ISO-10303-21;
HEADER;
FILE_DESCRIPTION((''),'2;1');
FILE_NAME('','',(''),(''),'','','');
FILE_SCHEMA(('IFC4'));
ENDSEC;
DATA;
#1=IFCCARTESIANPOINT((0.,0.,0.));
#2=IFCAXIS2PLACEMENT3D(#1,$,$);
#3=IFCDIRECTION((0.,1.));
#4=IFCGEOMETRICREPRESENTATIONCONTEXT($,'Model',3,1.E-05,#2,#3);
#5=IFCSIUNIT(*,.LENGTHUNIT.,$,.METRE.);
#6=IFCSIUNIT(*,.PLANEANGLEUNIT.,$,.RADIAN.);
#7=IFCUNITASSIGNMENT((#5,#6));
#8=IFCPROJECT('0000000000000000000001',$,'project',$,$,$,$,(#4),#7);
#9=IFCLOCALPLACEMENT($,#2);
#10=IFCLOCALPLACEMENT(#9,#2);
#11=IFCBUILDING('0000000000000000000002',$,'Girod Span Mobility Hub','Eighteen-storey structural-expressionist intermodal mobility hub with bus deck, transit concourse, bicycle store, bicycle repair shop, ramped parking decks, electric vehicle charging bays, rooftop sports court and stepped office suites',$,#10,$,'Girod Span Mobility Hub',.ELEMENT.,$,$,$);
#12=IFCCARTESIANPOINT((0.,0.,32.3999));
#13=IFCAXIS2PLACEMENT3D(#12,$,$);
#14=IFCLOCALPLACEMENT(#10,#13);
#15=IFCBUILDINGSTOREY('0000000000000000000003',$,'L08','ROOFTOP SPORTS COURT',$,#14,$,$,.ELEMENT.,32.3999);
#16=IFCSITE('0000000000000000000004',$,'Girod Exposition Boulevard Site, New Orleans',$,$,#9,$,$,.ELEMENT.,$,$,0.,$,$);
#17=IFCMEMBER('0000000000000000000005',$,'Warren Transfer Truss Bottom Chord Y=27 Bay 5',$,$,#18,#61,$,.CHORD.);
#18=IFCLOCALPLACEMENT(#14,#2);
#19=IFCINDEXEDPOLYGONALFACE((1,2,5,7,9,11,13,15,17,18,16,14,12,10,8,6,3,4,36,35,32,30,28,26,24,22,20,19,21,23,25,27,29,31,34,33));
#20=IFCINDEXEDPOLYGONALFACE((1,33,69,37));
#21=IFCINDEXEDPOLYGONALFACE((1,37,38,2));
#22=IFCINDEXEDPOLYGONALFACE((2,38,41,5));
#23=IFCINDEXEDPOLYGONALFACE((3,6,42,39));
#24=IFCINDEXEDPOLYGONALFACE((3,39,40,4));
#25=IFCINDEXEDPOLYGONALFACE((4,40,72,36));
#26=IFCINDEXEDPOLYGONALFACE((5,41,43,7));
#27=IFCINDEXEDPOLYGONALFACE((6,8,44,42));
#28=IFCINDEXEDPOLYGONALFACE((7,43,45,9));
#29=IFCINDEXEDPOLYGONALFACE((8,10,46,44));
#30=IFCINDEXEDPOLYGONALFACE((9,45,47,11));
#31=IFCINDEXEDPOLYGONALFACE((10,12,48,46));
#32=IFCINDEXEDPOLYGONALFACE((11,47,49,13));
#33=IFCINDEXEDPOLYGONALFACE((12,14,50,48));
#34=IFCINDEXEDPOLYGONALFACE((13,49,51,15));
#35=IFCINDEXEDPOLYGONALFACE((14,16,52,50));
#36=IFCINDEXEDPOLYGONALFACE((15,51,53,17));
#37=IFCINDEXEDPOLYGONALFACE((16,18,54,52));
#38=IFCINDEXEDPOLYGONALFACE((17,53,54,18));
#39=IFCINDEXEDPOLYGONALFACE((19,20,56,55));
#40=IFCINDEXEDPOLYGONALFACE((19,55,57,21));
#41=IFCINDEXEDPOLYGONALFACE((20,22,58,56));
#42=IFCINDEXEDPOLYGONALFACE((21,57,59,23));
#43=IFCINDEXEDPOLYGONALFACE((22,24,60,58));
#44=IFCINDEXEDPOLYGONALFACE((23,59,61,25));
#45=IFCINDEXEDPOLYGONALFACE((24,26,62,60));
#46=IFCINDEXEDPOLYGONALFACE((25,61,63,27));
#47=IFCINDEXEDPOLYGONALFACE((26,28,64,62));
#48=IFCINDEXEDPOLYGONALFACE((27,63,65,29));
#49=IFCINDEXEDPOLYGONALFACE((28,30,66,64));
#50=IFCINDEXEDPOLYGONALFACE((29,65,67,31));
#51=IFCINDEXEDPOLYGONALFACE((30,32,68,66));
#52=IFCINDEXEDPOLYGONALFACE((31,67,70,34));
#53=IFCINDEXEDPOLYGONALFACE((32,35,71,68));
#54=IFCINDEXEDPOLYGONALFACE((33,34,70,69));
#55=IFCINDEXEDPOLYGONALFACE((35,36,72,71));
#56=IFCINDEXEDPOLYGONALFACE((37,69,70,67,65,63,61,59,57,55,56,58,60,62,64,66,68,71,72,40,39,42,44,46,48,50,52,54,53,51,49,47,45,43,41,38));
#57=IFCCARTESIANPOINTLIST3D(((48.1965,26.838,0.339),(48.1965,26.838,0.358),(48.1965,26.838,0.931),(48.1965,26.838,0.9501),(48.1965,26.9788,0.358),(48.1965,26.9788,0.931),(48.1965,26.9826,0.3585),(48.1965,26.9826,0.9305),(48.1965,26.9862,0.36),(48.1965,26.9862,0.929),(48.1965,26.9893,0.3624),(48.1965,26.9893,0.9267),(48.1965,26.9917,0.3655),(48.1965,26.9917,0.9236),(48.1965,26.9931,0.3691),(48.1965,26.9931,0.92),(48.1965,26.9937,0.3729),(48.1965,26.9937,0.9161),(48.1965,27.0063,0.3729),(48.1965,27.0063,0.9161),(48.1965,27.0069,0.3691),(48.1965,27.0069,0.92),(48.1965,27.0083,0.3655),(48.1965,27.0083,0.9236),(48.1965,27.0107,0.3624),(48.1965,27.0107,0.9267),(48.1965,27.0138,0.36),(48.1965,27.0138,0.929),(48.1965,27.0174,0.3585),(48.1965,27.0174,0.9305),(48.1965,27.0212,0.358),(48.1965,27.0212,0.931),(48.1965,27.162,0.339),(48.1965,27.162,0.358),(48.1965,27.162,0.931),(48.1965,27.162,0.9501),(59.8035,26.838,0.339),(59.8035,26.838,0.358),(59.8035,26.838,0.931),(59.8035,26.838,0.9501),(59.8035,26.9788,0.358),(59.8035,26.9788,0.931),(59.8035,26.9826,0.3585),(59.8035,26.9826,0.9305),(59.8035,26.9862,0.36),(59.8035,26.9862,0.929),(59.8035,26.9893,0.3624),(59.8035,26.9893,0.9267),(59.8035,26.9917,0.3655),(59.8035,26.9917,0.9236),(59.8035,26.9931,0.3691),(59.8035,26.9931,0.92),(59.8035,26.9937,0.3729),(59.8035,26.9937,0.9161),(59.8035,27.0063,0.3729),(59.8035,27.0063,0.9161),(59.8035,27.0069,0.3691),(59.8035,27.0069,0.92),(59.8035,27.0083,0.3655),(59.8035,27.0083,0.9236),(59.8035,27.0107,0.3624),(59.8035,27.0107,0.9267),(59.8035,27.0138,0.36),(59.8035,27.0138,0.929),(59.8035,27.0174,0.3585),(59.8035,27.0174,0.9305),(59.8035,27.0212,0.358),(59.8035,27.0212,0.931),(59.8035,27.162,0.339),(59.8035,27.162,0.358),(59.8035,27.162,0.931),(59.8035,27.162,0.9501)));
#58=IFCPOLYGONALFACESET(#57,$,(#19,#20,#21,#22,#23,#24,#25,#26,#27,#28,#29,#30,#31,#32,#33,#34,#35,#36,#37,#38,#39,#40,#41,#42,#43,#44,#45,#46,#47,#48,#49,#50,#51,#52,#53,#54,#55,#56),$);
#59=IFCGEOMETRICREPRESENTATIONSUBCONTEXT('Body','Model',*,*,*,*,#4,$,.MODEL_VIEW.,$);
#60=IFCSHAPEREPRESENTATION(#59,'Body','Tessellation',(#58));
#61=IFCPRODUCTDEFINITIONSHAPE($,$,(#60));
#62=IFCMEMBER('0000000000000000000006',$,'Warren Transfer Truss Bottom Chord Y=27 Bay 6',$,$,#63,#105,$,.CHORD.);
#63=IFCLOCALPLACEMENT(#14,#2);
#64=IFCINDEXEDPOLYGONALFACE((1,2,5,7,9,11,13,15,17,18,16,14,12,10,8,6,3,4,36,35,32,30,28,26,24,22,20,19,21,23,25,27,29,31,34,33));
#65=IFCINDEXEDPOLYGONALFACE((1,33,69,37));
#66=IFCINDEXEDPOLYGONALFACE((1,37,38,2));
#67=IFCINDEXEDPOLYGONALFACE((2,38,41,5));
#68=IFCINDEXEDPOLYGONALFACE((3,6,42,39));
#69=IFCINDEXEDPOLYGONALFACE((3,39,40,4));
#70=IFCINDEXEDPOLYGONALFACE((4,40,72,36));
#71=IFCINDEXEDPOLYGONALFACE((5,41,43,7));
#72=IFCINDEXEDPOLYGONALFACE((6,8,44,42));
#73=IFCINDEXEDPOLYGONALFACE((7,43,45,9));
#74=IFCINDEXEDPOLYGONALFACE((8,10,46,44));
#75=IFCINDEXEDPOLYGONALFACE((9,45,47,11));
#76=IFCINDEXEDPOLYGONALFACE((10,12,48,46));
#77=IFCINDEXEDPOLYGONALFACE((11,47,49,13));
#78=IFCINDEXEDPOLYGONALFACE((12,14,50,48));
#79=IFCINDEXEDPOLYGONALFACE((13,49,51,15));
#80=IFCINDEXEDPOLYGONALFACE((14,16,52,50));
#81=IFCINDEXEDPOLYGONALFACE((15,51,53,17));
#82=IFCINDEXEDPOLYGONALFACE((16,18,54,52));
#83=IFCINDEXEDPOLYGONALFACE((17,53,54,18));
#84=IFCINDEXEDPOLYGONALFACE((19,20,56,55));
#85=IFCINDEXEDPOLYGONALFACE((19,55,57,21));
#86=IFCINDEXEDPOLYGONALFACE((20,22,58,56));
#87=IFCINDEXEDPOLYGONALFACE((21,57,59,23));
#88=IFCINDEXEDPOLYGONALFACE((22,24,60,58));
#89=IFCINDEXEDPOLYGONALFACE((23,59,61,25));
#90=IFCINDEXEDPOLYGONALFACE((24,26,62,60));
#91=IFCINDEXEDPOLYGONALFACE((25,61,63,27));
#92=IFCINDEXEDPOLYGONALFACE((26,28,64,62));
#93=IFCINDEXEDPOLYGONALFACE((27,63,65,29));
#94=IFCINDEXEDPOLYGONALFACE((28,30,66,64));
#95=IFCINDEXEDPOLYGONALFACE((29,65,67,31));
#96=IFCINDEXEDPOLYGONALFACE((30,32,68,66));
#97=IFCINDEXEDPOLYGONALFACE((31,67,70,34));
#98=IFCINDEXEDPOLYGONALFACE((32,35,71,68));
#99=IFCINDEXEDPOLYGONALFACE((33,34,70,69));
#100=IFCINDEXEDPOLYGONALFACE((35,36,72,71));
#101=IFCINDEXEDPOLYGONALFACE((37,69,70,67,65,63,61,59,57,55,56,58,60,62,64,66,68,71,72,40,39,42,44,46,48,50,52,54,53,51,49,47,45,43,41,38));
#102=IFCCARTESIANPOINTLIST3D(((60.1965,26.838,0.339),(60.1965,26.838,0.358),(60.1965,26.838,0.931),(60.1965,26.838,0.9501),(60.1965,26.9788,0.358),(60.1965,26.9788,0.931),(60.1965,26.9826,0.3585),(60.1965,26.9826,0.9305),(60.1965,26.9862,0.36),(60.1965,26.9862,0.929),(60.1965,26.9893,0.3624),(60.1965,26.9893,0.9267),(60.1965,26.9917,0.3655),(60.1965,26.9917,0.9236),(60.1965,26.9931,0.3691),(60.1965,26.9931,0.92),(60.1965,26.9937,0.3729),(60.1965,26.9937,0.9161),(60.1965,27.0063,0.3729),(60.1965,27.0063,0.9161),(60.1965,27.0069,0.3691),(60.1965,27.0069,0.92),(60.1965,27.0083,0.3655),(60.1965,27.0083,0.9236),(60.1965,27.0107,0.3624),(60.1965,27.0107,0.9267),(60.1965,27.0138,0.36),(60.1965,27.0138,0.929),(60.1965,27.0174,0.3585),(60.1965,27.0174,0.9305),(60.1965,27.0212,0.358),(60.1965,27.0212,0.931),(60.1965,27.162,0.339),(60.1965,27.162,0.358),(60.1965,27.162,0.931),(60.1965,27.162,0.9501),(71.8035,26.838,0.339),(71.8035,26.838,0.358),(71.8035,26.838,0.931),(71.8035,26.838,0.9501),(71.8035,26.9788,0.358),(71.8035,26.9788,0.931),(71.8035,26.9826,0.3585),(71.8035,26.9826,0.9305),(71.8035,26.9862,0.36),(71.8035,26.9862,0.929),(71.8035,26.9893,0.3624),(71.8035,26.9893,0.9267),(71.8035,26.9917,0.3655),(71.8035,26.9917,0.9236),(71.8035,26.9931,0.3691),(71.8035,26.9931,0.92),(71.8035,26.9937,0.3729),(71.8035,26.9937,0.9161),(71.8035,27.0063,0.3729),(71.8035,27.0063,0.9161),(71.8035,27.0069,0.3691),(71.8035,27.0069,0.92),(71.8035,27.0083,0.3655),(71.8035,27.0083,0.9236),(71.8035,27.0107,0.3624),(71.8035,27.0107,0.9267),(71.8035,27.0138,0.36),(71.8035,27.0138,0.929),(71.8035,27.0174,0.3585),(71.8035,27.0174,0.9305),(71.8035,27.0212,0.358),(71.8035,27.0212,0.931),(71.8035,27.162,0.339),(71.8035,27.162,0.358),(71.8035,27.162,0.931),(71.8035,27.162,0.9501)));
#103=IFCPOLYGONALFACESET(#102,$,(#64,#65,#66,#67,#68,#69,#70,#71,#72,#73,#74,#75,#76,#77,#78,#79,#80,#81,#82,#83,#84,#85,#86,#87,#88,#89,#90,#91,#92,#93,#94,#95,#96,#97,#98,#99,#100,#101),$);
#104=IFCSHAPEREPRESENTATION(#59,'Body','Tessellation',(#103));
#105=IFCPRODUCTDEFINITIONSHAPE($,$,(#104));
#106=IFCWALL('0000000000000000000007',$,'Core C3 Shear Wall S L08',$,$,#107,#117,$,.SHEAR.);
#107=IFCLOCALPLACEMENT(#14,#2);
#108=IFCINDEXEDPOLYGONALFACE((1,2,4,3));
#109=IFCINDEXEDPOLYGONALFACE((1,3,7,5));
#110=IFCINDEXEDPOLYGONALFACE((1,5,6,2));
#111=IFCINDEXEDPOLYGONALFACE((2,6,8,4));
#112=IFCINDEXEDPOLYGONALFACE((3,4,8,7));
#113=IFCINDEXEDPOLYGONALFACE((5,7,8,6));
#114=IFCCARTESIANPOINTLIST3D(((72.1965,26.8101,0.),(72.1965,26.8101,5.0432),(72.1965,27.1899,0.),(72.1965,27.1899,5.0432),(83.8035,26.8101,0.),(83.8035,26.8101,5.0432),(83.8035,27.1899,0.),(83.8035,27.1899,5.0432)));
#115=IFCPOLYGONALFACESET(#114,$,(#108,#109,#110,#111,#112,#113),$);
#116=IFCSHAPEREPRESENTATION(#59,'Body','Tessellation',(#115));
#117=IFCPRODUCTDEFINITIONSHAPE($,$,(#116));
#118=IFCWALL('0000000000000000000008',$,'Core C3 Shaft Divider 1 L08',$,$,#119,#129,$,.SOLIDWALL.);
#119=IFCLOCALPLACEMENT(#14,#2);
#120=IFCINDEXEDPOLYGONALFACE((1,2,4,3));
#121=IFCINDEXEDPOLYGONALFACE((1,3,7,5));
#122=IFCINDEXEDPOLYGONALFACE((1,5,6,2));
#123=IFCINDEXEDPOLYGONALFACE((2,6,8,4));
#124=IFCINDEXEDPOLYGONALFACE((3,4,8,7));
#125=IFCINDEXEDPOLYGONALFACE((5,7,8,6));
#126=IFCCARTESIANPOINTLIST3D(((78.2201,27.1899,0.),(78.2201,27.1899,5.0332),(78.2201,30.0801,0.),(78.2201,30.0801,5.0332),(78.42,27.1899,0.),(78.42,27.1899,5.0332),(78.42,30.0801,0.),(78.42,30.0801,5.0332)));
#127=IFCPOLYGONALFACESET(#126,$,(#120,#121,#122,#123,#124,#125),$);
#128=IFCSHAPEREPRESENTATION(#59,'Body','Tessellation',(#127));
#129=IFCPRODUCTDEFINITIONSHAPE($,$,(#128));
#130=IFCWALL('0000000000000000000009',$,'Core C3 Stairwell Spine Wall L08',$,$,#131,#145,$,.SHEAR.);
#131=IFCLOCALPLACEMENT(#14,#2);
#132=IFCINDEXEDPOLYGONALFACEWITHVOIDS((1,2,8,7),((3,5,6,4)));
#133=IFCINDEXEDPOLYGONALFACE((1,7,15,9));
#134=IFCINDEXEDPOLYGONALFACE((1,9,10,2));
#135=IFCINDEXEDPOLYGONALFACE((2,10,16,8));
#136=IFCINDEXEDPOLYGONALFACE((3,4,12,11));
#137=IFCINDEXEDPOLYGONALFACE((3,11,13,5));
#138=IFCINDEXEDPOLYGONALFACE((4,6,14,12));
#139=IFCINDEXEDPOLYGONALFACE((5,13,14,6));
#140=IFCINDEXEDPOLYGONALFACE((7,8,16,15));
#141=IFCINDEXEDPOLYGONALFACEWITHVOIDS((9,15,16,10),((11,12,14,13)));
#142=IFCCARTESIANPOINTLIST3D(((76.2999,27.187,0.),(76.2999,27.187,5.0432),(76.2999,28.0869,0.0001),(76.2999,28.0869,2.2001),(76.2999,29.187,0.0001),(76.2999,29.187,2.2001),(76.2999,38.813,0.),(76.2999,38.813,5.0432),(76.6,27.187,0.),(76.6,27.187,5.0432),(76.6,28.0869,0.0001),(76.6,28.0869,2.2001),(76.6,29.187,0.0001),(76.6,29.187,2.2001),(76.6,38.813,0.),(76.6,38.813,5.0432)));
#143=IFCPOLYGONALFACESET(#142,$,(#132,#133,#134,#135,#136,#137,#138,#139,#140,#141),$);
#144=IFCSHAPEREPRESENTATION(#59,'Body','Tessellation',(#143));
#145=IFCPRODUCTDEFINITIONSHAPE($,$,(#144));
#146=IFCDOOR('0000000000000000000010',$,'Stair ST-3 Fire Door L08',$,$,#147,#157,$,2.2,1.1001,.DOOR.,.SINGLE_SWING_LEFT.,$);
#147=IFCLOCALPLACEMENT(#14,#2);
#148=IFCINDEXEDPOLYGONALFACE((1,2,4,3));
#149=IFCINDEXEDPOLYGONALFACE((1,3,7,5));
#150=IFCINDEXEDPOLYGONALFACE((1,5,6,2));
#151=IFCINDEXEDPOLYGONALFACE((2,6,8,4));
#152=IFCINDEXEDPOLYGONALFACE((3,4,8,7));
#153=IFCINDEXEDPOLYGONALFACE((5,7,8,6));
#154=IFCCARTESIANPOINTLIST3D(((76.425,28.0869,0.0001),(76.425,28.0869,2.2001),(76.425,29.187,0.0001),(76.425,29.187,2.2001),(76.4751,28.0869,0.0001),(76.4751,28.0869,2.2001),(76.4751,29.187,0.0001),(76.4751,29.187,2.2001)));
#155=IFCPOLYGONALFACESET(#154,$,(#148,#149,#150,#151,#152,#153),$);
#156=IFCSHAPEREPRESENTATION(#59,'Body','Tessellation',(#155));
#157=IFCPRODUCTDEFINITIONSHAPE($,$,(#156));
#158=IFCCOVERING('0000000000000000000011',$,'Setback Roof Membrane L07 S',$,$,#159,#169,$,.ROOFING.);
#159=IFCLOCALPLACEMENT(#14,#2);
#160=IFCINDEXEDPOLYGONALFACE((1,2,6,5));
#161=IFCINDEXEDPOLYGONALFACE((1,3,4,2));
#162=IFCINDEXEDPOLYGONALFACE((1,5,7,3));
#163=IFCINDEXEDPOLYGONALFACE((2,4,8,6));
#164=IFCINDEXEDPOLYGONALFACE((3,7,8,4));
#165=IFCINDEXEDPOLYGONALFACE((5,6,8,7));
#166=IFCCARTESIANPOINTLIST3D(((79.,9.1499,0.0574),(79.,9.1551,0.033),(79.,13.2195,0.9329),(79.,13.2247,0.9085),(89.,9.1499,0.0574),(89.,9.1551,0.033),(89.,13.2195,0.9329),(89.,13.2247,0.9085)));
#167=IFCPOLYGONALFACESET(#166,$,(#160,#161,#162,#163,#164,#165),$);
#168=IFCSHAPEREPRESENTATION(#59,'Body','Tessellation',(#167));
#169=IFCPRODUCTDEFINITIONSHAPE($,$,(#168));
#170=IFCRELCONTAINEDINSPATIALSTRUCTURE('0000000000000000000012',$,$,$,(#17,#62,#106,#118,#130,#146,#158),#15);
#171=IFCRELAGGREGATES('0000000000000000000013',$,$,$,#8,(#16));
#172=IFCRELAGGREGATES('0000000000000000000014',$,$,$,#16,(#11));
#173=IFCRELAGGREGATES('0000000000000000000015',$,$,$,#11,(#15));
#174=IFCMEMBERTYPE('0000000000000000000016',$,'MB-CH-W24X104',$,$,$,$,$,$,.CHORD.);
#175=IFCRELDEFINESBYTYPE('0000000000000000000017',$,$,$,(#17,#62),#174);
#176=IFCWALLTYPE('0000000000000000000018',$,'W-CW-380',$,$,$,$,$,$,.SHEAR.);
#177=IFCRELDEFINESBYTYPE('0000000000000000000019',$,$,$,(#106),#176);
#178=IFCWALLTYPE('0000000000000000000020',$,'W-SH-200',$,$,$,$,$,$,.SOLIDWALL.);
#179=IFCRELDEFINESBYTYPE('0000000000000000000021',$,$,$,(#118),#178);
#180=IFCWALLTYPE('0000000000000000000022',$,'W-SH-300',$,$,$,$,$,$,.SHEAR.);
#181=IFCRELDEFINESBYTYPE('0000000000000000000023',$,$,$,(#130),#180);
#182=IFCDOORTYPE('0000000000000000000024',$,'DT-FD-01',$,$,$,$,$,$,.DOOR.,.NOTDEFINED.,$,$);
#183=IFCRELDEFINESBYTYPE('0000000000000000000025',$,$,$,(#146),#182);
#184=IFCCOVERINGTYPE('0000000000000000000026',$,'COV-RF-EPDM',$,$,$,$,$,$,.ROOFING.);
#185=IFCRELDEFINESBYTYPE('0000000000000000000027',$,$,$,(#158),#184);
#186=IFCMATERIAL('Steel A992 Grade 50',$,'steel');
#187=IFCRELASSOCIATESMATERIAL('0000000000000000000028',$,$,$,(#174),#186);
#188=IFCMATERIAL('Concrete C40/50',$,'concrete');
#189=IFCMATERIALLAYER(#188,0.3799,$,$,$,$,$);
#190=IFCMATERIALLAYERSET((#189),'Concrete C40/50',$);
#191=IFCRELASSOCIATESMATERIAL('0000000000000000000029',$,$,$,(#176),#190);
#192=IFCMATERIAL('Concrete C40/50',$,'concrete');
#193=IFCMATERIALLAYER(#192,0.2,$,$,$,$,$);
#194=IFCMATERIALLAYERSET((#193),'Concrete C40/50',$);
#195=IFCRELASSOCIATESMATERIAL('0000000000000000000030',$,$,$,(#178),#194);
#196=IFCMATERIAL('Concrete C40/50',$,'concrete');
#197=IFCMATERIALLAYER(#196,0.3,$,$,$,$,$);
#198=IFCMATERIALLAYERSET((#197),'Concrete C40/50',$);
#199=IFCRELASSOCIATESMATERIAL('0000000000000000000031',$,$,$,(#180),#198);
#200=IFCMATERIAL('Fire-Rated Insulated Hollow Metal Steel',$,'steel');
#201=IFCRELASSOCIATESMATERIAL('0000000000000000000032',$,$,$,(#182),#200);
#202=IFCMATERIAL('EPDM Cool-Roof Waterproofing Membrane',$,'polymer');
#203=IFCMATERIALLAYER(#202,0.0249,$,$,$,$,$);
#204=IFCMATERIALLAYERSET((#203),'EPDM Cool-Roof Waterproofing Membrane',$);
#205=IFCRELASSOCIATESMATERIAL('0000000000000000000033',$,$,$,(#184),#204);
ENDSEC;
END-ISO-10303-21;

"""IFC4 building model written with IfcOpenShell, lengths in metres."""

from ifc_helpers import new_model, si_unit, direction, frame, frame_2d, origin, origin_2d, place, context, subcontext, project, spatial, polyline, rectangle, i_section, outline, extrude, material, layer, layer_set, material_profile, profile_set, type_object, element, fill, save


model = new_model("IFC4")

# Units and contexts
model_context = context("Model", 3, precision=1e-05, world=origin(), true_north=direction((0.0, 1.0)))
body_context = subcontext(model_context, "Body", "Model", "MODEL_VIEW")
ifc_project = project(units=[si_unit("LENGTHUNIT", "METRE"), si_unit("PLANEANGLEUNIT", "RADIAN")], contexts=[model_context])

# Site, building, storey
site_placement = place(None, origin())
site = spatial("IfcSite", under=ifc_project, at=site_placement, Name="Girod Exposition Boulevard Site, New Orleans", CompositionType="ELEMENT", RefElevation=0.0)
building_placement = place(site_placement, origin())
building = spatial("IfcBuilding", under=site, at=building_placement, Name="Girod Span Mobility Hub", Description="Eighteen-storey structural-expressionist intermodal mobility hub with bus deck, transit concourse, bicycle store, bicycle repair shop, ramped parking decks, electric vehicle charging bays, rooftop sports court and stepped office suites", LongName="Girod Span Mobility Hub", CompositionType="ELEMENT")
storey_placement = place(building_placement, frame((0.0, 0.0, 32.3999)))
storey = spatial("IfcBuildingStorey", under=building, at=storey_placement, Name="L08", Description="ROOFTOP SPORTS COURT", CompositionType="ELEMENT", Elevation=32.3999)

# Members
ifc_material_1 = material(Name="Steel A992 Grade 50", Category="steel")
ifc_material_profile_1 = material_profile(ifc_material_1, i_section(OverallWidth=0.324, OverallDepth=0.6111, WebThickness=0.0127, FlangeThickness=0.019, FilletRadius=0.0149, at=origin_2d()), Name="W24X104")
ifc_profile_set_1 = profile_set([ifc_material_profile_1], Name="Steel A992 Grade 50")
member_type_1 = type_object("IfcMemberType", Name="MB-CH-W24X104", PredefinedType="CHORD", material=ifc_profile_set_1)
for number, where, z_axis, x_axis, name in (
    (1, (48.1965, 27.0, 0.6445), (1.0, 0.0, 0.0), (0.0, 1.0, 0.0), "Warren Transfer Truss Bottom Chord Y=27 Bay 5"),
    (2, (60.1965, 27.0, 0.6445), (1.0, 0.0, 0.0), (0.0, 1.0, 0.0), "Warren Transfer Truss Bottom Chord Y=27 Bay 6"),
):
    element("IfcMember", number, at=place(storey_placement, frame(where, z_axis=z_axis, x_axis=x_axis)), inside=storey, type_object=member_type_1, Name=name, PredefinedType="CHORD", context=body_context, shape_type="SweptSolid", body=[
        extrude(i_section(OverallWidth=0.324, OverallDepth=0.6111, WebThickness=0.0127, FlangeThickness=0.019, FilletRadius=0.0149, at=origin_2d()), origin(), (0.0, 0.0, 1.0), 11.6069),
    ])

# Walls
ifc_material_2 = material(Name="Concrete C40/50", Category="concrete")
ifc_layer_1 = layer(ifc_material_2, 0.3799)
ifc_layer_set_1 = layer_set([ifc_layer_1], Name="Concrete C40/50")
wall_type_1 = type_object("IfcWallType", Name="W-CW-380", PredefinedType="SHEAR", material=ifc_layer_set_1)
wall_1_placement = place(storey_placement, frame((72.1965, 27.0, 0.0), z_axis=(0.0, 0.0, 1.0), x_axis=(1.0, 0.0, 0.0)))
element("IfcWall", 3, at=wall_1_placement, inside=storey, type_object=wall_type_1, Name="Core C3 Shear Wall S L08", PredefinedType="SHEAR", context=body_context, shape_type="SweptSolid", body=[
    extrude(rectangle(XDim=11.6069, YDim=0.3799, at=frame_2d((5.8035, 0.0))), origin(), (0.0, 0.0, 1.0), 5.0432),
])
ifc_material_3 = material(Name="Concrete C40/50", Category="concrete")
ifc_layer_2 = layer(ifc_material_3, 0.2)
ifc_layer_set_2 = layer_set([ifc_layer_2], Name="Concrete C40/50")
wall_type_2 = type_object("IfcWallType", Name="W-SH-200", PredefinedType="SOLIDWALL", material=ifc_layer_set_2)
wall_2_placement = place(storey_placement, frame((78.3201, 27.1899, 0.0), z_axis=(0.0, 0.0, 1.0), x_axis=(0.0, 1.0, 0.0)))
element("IfcWall", 4, at=wall_2_placement, inside=storey, type_object=wall_type_2, Name="Core C3 Shaft Divider 1 L08", PredefinedType="SOLIDWALL", context=body_context, shape_type="SweptSolid", body=[
    extrude(rectangle(XDim=2.8901, YDim=0.2, at=frame_2d((1.4451, 0.0))), origin(), (0.0, 0.0, 1.0), 5.0332),
])

# Wall, opening, door
ifc_material_4 = material(Name="Concrete C40/50", Category="concrete")
ifc_layer_3 = layer(ifc_material_4, 0.3)
ifc_layer_set_3 = layer_set([ifc_layer_3], Name="Concrete C40/50")
wall_type_3 = type_object("IfcWallType", Name="W-SH-300", PredefinedType="SHEAR", material=ifc_layer_set_3)
wall_3_placement = place(storey_placement, frame((76.45, 27.187, 0.0), z_axis=(0.0, 0.0, 1.0), x_axis=(0.0, 1.0, 0.0)))
wall_3 = element("IfcWall", 5, at=wall_3_placement, inside=storey, type_object=wall_type_3, Name="Core C3 Stairwell Spine Wall L08", PredefinedType="SHEAR", context=body_context, shape_type="SweptSolid", body=[
    extrude(rectangle(XDim=11.626, YDim=0.3, at=frame_2d((5.813, 0.0))), origin(), (0.0, 0.0, 1.0), 5.0432),
])
opening_placement = place(wall_3_placement, frame((0.8999, 0.0, 0.0)))
opening = element("IfcOpeningElement", 6, at=opening_placement, cuts=wall_3, PredefinedType="OPENING", context=body_context, shape_type="SweptSolid", body=[
    extrude(rectangle(XDim=1.1001, YDim=2.2, at=frame_2d((0.55, 1.1001))), frame((0.0, 0.165, 0.0), z_axis=(0.0, -1.0, 0.0), x_axis=(1.0, 0.0, 0.0)), (0.0, 0.0, 1.0), 0.3301),
])
ifc_material_5 = material(Name="Fire-Rated Insulated Hollow Metal Steel", Category="steel")
door_type = type_object("IfcDoorType", Name="DT-FD-01", OperationType="NOTDEFINED", PredefinedType="DOOR", material=ifc_material_5)
door_placement = place(opening_placement, origin())
door = element("IfcDoor", 7, at=door_placement, inside=storey, type_object=door_type, Name="Stair ST-3 Fire Door L08", OperationType="SINGLE_SWING_LEFT", OverallHeight=2.2, OverallWidth=1.1001, PredefinedType="DOOR", context=body_context, shape_type="SweptSolid", body=[
    extrude(rectangle(XDim=1.1001, YDim=2.2, at=frame_2d((0.55, 1.1001))), frame((0.0, 0.0249, 0.0), z_axis=(0.0, -1.0, 0.0), x_axis=(1.0, 0.0, 0.0)), (0.0, 0.0, 1.0), 0.05),
])
fill(opening, door)

# Covering
ifc_material_6 = material(Name="EPDM Cool-Roof Waterproofing Membrane", Category="polymer")
ifc_layer_4 = layer(ifc_material_6, 0.0249)
ifc_layer_set_4 = layer_set([ifc_layer_4], Name="EPDM Cool-Roof Waterproofing Membrane")
covering_type = type_object("IfcCoveringType", Name="COV-RF-EPDM", PredefinedType="ROOFING", material=ifc_layer_set_4)
covering_placement = place(storey_placement, frame((79.0, 9.1499, 0.0574), z_axis=(0.0, -0.210318, 0.977633), x_axis=(1.0, 0.0, 0.0)))
element("IfcCovering", 8, at=covering_placement, inside=storey, type_object=covering_type, Name="Setback Roof Membrane L07 S", PredefinedType="ROOFING", context=body_context, shape_type="SweptSolid", body=[
    extrude(outline(polyline([(0.0, 0.0), (10.0, 0.0), (10.0, 4.1627), (0.0, 4.1627), (0.0, 0.0)])), origin(), (0.0, 0.0, -1.0), 0.0249),
])

save(model, "model.ifc")
